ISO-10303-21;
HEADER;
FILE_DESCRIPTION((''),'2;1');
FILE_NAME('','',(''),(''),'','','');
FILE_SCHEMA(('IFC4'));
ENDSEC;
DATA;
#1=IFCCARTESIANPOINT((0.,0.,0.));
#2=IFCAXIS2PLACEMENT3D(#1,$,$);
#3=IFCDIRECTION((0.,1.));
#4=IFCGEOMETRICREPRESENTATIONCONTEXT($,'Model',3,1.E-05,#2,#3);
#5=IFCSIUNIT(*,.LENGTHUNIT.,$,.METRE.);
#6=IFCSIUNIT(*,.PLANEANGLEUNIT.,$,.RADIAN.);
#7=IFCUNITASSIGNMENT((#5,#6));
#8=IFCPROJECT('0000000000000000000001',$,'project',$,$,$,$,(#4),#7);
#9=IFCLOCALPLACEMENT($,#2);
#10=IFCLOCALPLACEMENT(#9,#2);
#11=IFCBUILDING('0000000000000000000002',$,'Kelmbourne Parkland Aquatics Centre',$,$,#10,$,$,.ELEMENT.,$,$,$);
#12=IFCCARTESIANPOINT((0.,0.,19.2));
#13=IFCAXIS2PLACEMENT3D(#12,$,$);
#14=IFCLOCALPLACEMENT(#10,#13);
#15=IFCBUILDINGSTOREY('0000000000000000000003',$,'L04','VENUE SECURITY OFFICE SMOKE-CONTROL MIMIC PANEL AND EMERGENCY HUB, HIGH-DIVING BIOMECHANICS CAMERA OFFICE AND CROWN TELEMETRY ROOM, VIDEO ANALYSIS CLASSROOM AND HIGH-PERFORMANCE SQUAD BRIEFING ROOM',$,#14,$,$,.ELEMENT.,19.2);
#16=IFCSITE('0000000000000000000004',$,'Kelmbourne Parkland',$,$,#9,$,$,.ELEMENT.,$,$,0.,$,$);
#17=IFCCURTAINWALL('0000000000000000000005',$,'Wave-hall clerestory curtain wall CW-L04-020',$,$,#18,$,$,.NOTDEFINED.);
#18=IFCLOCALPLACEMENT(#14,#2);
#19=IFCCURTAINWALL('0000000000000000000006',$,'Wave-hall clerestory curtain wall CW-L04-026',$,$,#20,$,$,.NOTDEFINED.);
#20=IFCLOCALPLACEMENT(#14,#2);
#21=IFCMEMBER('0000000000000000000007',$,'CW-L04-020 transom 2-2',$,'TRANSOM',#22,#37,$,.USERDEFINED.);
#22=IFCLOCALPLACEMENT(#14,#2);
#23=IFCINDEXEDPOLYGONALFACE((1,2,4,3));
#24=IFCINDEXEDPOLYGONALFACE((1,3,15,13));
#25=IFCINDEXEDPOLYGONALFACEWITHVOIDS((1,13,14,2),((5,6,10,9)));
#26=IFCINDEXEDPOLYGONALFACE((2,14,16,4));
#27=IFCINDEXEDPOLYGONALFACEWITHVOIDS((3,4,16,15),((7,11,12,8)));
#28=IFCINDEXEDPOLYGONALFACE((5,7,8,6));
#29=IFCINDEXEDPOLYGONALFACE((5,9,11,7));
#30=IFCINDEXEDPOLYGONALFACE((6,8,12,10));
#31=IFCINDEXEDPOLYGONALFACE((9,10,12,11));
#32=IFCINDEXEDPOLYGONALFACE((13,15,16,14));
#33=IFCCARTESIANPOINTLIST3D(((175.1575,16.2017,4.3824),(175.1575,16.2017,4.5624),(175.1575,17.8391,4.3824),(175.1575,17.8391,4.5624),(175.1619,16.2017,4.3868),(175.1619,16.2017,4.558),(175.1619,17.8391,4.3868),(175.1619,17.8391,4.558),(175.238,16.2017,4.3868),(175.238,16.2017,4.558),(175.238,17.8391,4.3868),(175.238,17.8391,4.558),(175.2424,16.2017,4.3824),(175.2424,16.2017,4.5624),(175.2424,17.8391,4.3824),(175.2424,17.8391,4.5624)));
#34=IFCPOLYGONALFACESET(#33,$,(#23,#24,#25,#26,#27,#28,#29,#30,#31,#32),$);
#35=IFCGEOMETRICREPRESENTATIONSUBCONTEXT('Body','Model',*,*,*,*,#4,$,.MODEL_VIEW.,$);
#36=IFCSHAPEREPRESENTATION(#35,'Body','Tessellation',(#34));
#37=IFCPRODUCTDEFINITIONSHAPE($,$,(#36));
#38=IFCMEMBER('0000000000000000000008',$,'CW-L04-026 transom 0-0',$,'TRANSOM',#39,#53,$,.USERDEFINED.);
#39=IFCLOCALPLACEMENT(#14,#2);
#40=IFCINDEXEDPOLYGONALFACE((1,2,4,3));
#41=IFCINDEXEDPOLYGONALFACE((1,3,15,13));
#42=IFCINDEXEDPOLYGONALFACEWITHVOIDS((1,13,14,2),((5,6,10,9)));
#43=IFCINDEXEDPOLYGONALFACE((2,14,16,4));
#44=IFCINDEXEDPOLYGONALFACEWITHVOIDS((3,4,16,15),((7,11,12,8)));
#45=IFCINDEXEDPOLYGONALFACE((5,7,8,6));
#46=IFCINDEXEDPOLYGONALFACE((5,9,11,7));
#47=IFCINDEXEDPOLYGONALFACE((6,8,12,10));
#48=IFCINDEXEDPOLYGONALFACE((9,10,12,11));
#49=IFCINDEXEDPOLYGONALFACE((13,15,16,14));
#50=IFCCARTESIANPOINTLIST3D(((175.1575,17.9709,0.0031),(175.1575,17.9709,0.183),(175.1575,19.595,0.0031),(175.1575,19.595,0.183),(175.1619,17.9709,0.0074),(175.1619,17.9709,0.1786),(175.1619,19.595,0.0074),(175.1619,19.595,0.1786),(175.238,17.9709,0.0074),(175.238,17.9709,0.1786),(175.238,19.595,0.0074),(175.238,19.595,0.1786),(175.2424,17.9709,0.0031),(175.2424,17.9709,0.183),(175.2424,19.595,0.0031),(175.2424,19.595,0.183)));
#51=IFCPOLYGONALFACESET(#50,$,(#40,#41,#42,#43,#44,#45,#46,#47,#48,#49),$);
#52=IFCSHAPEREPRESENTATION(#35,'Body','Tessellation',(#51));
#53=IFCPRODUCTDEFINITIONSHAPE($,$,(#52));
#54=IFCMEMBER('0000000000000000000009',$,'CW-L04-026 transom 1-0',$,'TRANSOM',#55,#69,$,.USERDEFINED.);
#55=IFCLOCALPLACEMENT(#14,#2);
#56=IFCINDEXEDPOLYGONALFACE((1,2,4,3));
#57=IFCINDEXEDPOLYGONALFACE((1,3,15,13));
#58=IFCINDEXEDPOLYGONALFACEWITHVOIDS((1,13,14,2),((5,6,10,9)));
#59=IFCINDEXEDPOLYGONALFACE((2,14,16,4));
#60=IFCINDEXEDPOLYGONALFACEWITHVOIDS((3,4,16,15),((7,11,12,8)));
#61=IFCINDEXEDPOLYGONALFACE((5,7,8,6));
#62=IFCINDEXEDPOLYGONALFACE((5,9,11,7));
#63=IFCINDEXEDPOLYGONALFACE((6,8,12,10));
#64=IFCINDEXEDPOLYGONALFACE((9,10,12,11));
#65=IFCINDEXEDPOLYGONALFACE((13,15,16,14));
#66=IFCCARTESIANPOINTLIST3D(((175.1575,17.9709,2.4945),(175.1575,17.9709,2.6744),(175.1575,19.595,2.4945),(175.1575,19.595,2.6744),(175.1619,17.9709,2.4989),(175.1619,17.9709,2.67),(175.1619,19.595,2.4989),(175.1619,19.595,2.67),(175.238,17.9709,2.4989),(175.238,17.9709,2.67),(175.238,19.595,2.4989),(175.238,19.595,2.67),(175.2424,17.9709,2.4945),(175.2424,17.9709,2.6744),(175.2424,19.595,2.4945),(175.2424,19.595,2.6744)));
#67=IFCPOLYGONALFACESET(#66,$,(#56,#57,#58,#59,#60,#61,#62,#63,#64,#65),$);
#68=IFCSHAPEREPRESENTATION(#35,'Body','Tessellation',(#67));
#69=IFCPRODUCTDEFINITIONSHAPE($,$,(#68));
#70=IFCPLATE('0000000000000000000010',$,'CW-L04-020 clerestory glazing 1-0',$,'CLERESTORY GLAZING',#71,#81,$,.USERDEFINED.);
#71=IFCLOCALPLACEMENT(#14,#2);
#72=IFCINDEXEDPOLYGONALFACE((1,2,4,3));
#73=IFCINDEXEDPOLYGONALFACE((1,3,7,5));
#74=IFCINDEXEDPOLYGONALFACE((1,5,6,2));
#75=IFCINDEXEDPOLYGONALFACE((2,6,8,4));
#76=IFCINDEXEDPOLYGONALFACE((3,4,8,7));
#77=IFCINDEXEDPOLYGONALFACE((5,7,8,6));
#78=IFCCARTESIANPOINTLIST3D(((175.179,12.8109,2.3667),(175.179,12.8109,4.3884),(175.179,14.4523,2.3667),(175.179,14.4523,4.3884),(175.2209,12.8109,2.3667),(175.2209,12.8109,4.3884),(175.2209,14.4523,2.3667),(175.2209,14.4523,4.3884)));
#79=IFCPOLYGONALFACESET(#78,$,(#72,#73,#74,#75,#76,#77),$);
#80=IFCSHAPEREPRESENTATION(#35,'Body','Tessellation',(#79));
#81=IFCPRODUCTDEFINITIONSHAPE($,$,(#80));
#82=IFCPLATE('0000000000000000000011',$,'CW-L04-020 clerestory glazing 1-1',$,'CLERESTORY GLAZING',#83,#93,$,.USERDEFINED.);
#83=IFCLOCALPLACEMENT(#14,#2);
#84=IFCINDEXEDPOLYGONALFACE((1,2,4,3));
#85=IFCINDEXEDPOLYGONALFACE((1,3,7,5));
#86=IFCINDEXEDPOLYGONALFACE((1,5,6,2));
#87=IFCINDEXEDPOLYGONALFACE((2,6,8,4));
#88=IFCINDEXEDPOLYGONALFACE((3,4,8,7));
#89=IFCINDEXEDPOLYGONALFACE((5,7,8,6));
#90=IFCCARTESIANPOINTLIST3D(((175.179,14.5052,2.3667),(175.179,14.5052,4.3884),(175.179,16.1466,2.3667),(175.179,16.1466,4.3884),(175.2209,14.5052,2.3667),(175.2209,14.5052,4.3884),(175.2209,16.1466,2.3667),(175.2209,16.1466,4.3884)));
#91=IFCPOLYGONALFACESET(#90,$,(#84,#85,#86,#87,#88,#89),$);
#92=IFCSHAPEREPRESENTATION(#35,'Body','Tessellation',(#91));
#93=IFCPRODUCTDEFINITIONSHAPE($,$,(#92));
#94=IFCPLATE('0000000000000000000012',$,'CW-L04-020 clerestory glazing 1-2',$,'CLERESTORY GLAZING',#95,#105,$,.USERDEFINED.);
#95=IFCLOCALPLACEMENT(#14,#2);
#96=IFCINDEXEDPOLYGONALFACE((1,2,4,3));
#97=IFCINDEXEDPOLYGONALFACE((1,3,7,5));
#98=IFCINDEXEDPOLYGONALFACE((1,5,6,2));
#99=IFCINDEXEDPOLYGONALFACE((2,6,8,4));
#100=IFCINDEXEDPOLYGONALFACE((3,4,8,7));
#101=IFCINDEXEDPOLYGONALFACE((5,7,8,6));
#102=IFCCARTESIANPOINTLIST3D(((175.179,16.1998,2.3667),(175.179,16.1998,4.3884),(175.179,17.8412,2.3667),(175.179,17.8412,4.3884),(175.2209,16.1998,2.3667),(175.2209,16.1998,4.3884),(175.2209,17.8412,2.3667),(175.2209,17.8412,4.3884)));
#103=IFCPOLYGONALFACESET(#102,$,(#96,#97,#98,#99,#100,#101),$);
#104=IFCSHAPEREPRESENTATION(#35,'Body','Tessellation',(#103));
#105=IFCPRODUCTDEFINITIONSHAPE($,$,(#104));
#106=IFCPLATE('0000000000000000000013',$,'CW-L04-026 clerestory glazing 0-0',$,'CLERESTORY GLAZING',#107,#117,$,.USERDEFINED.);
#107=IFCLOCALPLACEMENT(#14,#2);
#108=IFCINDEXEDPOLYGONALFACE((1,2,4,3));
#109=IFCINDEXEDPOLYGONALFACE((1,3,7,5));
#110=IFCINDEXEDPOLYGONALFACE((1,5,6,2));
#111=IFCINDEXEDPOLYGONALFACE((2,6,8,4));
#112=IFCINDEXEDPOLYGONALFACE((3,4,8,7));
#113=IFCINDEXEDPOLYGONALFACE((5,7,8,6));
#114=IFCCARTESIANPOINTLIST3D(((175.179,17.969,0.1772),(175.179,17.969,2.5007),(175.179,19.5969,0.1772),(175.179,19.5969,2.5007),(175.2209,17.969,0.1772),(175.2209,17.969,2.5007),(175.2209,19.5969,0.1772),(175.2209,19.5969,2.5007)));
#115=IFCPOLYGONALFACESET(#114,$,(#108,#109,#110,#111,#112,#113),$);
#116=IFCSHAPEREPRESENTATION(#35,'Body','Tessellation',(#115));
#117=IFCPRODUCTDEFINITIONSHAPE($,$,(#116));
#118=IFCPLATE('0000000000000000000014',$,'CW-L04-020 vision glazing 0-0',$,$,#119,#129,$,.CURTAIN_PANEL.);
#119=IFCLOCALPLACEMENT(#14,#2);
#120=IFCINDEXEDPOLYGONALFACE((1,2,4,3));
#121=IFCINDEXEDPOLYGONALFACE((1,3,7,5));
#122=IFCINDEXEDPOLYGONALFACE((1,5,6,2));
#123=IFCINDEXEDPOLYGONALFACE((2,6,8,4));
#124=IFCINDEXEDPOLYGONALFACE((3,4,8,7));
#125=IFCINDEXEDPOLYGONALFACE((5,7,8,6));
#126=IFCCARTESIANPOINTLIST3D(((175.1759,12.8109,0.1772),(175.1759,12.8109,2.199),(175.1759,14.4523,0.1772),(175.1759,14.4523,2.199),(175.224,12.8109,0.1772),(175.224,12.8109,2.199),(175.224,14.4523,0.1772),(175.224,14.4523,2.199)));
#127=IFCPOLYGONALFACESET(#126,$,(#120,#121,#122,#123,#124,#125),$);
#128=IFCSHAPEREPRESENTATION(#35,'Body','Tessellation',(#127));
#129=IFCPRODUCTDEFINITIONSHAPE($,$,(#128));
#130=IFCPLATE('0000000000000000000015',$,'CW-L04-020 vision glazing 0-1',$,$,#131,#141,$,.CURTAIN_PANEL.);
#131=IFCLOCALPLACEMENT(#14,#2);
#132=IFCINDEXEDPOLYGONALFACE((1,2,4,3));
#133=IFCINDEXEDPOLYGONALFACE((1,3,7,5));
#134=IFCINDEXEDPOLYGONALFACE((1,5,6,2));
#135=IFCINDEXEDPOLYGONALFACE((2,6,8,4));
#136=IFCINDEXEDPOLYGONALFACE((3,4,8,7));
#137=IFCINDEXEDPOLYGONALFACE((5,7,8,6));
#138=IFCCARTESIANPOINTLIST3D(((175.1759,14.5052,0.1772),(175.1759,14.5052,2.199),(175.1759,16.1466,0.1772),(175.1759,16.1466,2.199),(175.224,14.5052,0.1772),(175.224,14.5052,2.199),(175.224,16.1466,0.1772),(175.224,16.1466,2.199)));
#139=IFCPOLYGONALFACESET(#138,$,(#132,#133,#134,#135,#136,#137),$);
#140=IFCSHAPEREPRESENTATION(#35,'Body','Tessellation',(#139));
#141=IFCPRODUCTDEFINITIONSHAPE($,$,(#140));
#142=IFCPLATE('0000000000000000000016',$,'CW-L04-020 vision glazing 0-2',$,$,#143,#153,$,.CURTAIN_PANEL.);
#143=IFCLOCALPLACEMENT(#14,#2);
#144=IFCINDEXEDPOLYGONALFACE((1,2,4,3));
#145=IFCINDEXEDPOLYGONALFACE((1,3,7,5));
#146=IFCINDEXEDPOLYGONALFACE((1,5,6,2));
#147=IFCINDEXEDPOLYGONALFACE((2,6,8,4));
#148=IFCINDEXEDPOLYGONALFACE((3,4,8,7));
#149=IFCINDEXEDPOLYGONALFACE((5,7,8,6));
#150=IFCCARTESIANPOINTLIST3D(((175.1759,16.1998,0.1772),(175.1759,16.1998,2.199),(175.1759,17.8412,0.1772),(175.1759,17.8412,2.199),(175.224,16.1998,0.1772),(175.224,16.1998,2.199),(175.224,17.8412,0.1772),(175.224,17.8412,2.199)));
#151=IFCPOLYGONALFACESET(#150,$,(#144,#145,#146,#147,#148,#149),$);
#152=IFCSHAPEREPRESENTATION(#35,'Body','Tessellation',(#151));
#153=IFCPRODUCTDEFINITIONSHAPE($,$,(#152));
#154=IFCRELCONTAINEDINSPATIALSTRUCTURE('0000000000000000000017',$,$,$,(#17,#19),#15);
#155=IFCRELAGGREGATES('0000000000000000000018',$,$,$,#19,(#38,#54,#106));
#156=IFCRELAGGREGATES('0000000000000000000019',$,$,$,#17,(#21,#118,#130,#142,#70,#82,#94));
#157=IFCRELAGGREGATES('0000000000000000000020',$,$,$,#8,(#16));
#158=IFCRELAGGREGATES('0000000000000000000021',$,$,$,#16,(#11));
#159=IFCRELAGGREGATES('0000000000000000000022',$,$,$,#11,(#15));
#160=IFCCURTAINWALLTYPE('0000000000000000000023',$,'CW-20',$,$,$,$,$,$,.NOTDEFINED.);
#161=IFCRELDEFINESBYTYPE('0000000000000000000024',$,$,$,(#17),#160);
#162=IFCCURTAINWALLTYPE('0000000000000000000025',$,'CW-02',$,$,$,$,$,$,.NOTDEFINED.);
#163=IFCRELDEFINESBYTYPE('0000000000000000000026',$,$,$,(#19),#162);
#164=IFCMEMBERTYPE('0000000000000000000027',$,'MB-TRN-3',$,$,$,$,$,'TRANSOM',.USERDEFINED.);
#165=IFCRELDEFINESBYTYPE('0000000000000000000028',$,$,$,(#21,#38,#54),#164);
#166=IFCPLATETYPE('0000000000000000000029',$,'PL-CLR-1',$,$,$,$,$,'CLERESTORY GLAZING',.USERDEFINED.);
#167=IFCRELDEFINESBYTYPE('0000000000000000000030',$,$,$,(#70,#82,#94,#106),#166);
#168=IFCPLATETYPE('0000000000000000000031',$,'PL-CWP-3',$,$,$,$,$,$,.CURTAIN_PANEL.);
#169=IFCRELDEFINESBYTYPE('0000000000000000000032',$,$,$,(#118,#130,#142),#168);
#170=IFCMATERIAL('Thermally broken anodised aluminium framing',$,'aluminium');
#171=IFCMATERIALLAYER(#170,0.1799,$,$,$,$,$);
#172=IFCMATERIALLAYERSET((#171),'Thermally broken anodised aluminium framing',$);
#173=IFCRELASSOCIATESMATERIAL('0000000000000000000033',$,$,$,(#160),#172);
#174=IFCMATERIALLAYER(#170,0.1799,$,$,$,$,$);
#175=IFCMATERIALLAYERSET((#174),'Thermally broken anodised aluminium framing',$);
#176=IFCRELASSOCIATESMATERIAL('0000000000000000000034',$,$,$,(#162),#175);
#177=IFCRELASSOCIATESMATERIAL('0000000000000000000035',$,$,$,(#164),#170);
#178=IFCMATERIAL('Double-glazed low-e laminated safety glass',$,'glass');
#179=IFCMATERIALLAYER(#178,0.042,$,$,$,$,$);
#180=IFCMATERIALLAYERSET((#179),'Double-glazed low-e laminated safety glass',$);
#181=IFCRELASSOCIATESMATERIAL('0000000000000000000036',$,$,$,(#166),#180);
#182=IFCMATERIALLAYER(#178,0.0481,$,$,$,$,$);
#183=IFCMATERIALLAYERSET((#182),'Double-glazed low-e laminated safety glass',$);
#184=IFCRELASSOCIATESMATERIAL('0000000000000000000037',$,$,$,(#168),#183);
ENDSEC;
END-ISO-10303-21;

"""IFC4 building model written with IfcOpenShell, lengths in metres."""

from ifc_helpers import new_model, si_unit, direction, frame, origin, origin_2d, place, context, subcontext, project, spatial, rectangle, hollow_rectangle, extrude, material, layer, layer_set, material_profile, profile_set, type_object, element, aggregate, save


model = new_model("IFC4")

# Units and contexts
model_context = context("Model", 3, precision=1e-05, world=origin(), true_north=direction((0.0, 1.0)))
body_context = subcontext(model_context, "Body", "Model", "MODEL_VIEW")
ifc_project = project(units=[si_unit("LENGTHUNIT", "METRE"), si_unit("PLANEANGLEUNIT", "RADIAN")], contexts=[model_context])

# Site, building, storey
site_placement = place(None, origin())
site = spatial("IfcSite", under=ifc_project, at=site_placement, Name="Kelmbourne Parkland", CompositionType="ELEMENT", RefElevation=0.0)
building_placement = place(site_placement, origin())
building = spatial("IfcBuilding", under=site, at=building_placement, Name="Kelmbourne Parkland Aquatics Centre", CompositionType="ELEMENT")
storey_placement = place(building_placement, frame((0.0, 0.0, 19.2)))
storey = spatial("IfcBuildingStorey", under=building, at=storey_placement, Name="L04", Description="VENUE SECURITY OFFICE SMOKE-CONTROL MIMIC PANEL AND EMERGENCY HUB, HIGH-DIVING BIOMECHANICS CAMERA OFFICE AND CROWN TELEMETRY ROOM, VIDEO ANALYSIS CLASSROOM AND HIGH-PERFORMANCE SQUAD BRIEFING ROOM", CompositionType="ELEMENT", Elevation=19.2)

# Curtain wall
ifc_material_1 = material(Name="Thermally broken anodised aluminium framing", Category="aluminium")
ifc_layer_1 = layer(ifc_material_1, 0.1799)
ifc_layer_set_1 = layer_set([ifc_layer_1], Name="Thermally broken anodised aluminium framing")
curtain_wall_type_1 = type_object("IfcCurtainWallType", Name="CW-20", PredefinedType="NOTDEFINED", material=ifc_layer_set_1)
curtain_wall_1_placement = place(storey_placement, origin())
curtain_wall_1 = element("IfcCurtainWall", 1, at=curtain_wall_1_placement, inside=storey, type_object=curtain_wall_type_1, Name="Wave-hall clerestory curtain wall CW-L04-020", PredefinedType="NOTDEFINED")

# Curtain wall
ifc_layer_2 = layer(ifc_material_1, 0.1799)
ifc_layer_set_2 = layer_set([ifc_layer_2], Name="Thermally broken anodised aluminium framing")
curtain_wall_type_2 = type_object("IfcCurtainWallType", Name="CW-02", PredefinedType="NOTDEFINED", material=ifc_layer_set_2)
curtain_wall_2_placement = place(storey_placement, origin())
curtain_wall_2 = element("IfcCurtainWall", 2, at=curtain_wall_2_placement, inside=storey, type_object=curtain_wall_type_2, Name="Wave-hall clerestory curtain wall CW-L04-026", PredefinedType="NOTDEFINED")

# Members
ifc_material_profile_1 = material_profile(ifc_material_1, hollow_rectangle(XDim=0.085, YDim=0.1799, WallThickness=0.0044, at=origin_2d()), Name="CW-T 85x180")
ifc_profile_set_1 = profile_set([ifc_material_profile_1], Name="Thermally broken anodised aluminium framing")
member_type_1 = type_object("IfcMemberType", Name="MB-TRN-3", ElementType="TRANSOM", PredefinedType="USERDEFINED", material=ifc_profile_set_1)
member_1_placement = place(storey_placement, frame((175.2, 16.2017, 4.4724), z_axis=(0.0, 1.0, 0.0), x_axis=(-1.0, 0.0, 0.0)))
member_1 = element("IfcMember", 3, at=member_1_placement, type_object=member_type_1, Name="CW-L04-020 transom 2-2", ObjectType="TRANSOM", PredefinedType="USERDEFINED", context=body_context, shape_type="SweptSolid", body=[
    extrude(hollow_rectangle(XDim=0.085, YDim=0.1799, WallThickness=0.0044, at=origin_2d()), origin(), (0.0, 0.0, 1.0), 1.6375),
])
member_2_placement = place(storey_placement, frame((175.2, 17.9709, 0.093), z_axis=(0.0, 1.0, 0.0), x_axis=(-1.0, 0.0, 0.0)))
member_2 = element("IfcMember", 4, at=member_2_placement, type_object=member_type_1, Name="CW-L04-026 transom 0-0", ObjectType="TRANSOM", PredefinedType="USERDEFINED", context=body_context, shape_type="SweptSolid", body=[
    extrude(hollow_rectangle(XDim=0.085, YDim=0.1799, WallThickness=0.0044, at=origin_2d()), origin(), (0.0, 0.0, 1.0), 1.624),
])
member_3_placement = place(storey_placement, frame((175.2, 17.9709, 2.5845), z_axis=(0.0, 1.0, 0.0), x_axis=(-1.0, 0.0, 0.0)))
member_3 = element("IfcMember", 5, at=member_3_placement, type_object=member_type_1, Name="CW-L04-026 transom 1-0", ObjectType="TRANSOM", PredefinedType="USERDEFINED", context=body_context, shape_type="SweptSolid", body=[
    extrude(hollow_rectangle(XDim=0.085, YDim=0.1799, WallThickness=0.0044, at=origin_2d()), origin(), (0.0, 0.0, 1.0), 1.624),
])

# Plates
ifc_material_2 = material(Name="Double-glazed low-e laminated safety glass", Category="glass")
ifc_layer_3 = layer(ifc_material_2, 0.042)
ifc_layer_set_3 = layer_set([ifc_layer_3], Name="Double-glazed low-e laminated safety glass")
plate_type_1 = type_object("IfcPlateType", Name="PL-CLR-1", ElementType="CLERESTORY GLAZING", PredefinedType="USERDEFINED", material=ifc_layer_set_3)
plate_1_placement = place(storey_placement, frame((175.2, 13.6316, 2.3667), z_axis=(0.0, 0.0, 1.0), x_axis=(0.0, 1.0, 0.0)))
plate_1 = element("IfcPlate", 6, at=plate_1_placement, type_object=plate_type_1, Name="CW-L04-020 clerestory glazing 1-0", ObjectType="CLERESTORY GLAZING", PredefinedType="USERDEFINED", context=body_context, shape_type="SweptSolid", body=[
    extrude(rectangle(XDim=1.6414, YDim=0.042, at=origin_2d()), origin(), (0.0, 0.0, 1.0), 2.0217),
])
plate_2_placement = place(storey_placement, frame((175.2, 15.3259, 2.3667), z_axis=(0.0, 0.0, 1.0), x_axis=(0.0, 1.0, 0.0)))
plate_2 = element("IfcPlate", 7, at=plate_2_placement, type_object=plate_type_1, Name="CW-L04-020 clerestory glazing 1-1", ObjectType="CLERESTORY GLAZING", PredefinedType="USERDEFINED", context=body_context, shape_type="SweptSolid", body=[
    extrude(rectangle(XDim=1.6414, YDim=0.042, at=origin_2d()), origin(), (0.0, 0.0, 1.0), 2.0217),
])
plate_3_placement = place(storey_placement, frame((175.2, 17.0205, 2.3667), z_axis=(0.0, 0.0, 1.0), x_axis=(0.0, 1.0, 0.0)))
plate_3 = element("IfcPlate", 8, at=plate_3_placement, type_object=plate_type_1, Name="CW-L04-020 clerestory glazing 1-2", ObjectType="CLERESTORY GLAZING", PredefinedType="USERDEFINED", context=body_context, shape_type="SweptSolid", body=[
    extrude(rectangle(XDim=1.6414, YDim=0.042, at=origin_2d()), origin(), (0.0, 0.0, 1.0), 2.0217),
])
plate_4_placement = place(storey_placement, frame((175.2, 18.783, 0.1772), z_axis=(0.0, 0.0, 1.0), x_axis=(0.0, 1.0, 0.0)))
plate_4 = element("IfcPlate", 9, at=plate_4_placement, type_object=plate_type_1, Name="CW-L04-026 clerestory glazing 0-0", ObjectType="CLERESTORY GLAZING", PredefinedType="USERDEFINED", context=body_context, shape_type="SweptSolid", body=[
    extrude(rectangle(XDim=1.6279, YDim=0.042, at=origin_2d()), origin(), (0.0, 0.0, 1.0), 2.3235),
])
aggregate(curtain_wall_2, [member_2, member_3, plate_4])
ifc_layer_4 = layer(ifc_material_2, 0.0481)
ifc_layer_set_4 = layer_set([ifc_layer_4], Name="Double-glazed low-e laminated safety glass")
plate_type_2 = type_object("IfcPlateType", Name="PL-CWP-3", PredefinedType="CURTAIN_PANEL", material=ifc_layer_set_4)
plate_5_placement = place(storey_placement, frame((175.2, 13.6316, 0.1772), z_axis=(0.0, 0.0, 1.0), x_axis=(0.0, 1.0, 0.0)))
plate_5 = element("IfcPlate", 10, at=plate_5_placement, type_object=plate_type_2, Name="CW-L04-020 vision glazing 0-0", PredefinedType="CURTAIN_PANEL", context=body_context, shape_type="SweptSolid", body=[
    extrude(rectangle(XDim=1.6414, YDim=0.0481, at=origin_2d()), origin(), (0.0, 0.0, 1.0), 2.0217),
])
plate_6_placement = place(storey_placement, frame((175.2, 15.3259, 0.1772), z_axis=(0.0, 0.0, 1.0), x_axis=(0.0, 1.0, 0.0)))
plate_6 = element("IfcPlate", 11, at=plate_6_placement, type_object=plate_type_2, Name="CW-L04-020 vision glazing 0-1", PredefinedType="CURTAIN_PANEL", context=body_context, shape_type="SweptSolid", body=[
    extrude(rectangle(XDim=1.6414, YDim=0.0481, at=origin_2d()), origin(), (0.0, 0.0, 1.0), 2.0217),
])
plate_7_placement = place(storey_placement, frame((175.2, 17.0205, 0.1772), z_axis=(0.0, 0.0, 1.0), x_axis=(0.0, 1.0, 0.0)))
plate_7 = element("IfcPlate", 12, at=plate_7_placement, type_object=plate_type_2, Name="CW-L04-020 vision glazing 0-2", PredefinedType="CURTAIN_PANEL", context=body_context, shape_type="SweptSolid", body=[
    extrude(rectangle(XDim=1.6414, YDim=0.0481, at=origin_2d()), origin(), (0.0, 0.0, 1.0), 2.0217),
])
aggregate(curtain_wall_1, [member_1, plate_5, plate_6, plate_7, plate_1, plate_2, plate_3])

save(model, "model.ifc")
